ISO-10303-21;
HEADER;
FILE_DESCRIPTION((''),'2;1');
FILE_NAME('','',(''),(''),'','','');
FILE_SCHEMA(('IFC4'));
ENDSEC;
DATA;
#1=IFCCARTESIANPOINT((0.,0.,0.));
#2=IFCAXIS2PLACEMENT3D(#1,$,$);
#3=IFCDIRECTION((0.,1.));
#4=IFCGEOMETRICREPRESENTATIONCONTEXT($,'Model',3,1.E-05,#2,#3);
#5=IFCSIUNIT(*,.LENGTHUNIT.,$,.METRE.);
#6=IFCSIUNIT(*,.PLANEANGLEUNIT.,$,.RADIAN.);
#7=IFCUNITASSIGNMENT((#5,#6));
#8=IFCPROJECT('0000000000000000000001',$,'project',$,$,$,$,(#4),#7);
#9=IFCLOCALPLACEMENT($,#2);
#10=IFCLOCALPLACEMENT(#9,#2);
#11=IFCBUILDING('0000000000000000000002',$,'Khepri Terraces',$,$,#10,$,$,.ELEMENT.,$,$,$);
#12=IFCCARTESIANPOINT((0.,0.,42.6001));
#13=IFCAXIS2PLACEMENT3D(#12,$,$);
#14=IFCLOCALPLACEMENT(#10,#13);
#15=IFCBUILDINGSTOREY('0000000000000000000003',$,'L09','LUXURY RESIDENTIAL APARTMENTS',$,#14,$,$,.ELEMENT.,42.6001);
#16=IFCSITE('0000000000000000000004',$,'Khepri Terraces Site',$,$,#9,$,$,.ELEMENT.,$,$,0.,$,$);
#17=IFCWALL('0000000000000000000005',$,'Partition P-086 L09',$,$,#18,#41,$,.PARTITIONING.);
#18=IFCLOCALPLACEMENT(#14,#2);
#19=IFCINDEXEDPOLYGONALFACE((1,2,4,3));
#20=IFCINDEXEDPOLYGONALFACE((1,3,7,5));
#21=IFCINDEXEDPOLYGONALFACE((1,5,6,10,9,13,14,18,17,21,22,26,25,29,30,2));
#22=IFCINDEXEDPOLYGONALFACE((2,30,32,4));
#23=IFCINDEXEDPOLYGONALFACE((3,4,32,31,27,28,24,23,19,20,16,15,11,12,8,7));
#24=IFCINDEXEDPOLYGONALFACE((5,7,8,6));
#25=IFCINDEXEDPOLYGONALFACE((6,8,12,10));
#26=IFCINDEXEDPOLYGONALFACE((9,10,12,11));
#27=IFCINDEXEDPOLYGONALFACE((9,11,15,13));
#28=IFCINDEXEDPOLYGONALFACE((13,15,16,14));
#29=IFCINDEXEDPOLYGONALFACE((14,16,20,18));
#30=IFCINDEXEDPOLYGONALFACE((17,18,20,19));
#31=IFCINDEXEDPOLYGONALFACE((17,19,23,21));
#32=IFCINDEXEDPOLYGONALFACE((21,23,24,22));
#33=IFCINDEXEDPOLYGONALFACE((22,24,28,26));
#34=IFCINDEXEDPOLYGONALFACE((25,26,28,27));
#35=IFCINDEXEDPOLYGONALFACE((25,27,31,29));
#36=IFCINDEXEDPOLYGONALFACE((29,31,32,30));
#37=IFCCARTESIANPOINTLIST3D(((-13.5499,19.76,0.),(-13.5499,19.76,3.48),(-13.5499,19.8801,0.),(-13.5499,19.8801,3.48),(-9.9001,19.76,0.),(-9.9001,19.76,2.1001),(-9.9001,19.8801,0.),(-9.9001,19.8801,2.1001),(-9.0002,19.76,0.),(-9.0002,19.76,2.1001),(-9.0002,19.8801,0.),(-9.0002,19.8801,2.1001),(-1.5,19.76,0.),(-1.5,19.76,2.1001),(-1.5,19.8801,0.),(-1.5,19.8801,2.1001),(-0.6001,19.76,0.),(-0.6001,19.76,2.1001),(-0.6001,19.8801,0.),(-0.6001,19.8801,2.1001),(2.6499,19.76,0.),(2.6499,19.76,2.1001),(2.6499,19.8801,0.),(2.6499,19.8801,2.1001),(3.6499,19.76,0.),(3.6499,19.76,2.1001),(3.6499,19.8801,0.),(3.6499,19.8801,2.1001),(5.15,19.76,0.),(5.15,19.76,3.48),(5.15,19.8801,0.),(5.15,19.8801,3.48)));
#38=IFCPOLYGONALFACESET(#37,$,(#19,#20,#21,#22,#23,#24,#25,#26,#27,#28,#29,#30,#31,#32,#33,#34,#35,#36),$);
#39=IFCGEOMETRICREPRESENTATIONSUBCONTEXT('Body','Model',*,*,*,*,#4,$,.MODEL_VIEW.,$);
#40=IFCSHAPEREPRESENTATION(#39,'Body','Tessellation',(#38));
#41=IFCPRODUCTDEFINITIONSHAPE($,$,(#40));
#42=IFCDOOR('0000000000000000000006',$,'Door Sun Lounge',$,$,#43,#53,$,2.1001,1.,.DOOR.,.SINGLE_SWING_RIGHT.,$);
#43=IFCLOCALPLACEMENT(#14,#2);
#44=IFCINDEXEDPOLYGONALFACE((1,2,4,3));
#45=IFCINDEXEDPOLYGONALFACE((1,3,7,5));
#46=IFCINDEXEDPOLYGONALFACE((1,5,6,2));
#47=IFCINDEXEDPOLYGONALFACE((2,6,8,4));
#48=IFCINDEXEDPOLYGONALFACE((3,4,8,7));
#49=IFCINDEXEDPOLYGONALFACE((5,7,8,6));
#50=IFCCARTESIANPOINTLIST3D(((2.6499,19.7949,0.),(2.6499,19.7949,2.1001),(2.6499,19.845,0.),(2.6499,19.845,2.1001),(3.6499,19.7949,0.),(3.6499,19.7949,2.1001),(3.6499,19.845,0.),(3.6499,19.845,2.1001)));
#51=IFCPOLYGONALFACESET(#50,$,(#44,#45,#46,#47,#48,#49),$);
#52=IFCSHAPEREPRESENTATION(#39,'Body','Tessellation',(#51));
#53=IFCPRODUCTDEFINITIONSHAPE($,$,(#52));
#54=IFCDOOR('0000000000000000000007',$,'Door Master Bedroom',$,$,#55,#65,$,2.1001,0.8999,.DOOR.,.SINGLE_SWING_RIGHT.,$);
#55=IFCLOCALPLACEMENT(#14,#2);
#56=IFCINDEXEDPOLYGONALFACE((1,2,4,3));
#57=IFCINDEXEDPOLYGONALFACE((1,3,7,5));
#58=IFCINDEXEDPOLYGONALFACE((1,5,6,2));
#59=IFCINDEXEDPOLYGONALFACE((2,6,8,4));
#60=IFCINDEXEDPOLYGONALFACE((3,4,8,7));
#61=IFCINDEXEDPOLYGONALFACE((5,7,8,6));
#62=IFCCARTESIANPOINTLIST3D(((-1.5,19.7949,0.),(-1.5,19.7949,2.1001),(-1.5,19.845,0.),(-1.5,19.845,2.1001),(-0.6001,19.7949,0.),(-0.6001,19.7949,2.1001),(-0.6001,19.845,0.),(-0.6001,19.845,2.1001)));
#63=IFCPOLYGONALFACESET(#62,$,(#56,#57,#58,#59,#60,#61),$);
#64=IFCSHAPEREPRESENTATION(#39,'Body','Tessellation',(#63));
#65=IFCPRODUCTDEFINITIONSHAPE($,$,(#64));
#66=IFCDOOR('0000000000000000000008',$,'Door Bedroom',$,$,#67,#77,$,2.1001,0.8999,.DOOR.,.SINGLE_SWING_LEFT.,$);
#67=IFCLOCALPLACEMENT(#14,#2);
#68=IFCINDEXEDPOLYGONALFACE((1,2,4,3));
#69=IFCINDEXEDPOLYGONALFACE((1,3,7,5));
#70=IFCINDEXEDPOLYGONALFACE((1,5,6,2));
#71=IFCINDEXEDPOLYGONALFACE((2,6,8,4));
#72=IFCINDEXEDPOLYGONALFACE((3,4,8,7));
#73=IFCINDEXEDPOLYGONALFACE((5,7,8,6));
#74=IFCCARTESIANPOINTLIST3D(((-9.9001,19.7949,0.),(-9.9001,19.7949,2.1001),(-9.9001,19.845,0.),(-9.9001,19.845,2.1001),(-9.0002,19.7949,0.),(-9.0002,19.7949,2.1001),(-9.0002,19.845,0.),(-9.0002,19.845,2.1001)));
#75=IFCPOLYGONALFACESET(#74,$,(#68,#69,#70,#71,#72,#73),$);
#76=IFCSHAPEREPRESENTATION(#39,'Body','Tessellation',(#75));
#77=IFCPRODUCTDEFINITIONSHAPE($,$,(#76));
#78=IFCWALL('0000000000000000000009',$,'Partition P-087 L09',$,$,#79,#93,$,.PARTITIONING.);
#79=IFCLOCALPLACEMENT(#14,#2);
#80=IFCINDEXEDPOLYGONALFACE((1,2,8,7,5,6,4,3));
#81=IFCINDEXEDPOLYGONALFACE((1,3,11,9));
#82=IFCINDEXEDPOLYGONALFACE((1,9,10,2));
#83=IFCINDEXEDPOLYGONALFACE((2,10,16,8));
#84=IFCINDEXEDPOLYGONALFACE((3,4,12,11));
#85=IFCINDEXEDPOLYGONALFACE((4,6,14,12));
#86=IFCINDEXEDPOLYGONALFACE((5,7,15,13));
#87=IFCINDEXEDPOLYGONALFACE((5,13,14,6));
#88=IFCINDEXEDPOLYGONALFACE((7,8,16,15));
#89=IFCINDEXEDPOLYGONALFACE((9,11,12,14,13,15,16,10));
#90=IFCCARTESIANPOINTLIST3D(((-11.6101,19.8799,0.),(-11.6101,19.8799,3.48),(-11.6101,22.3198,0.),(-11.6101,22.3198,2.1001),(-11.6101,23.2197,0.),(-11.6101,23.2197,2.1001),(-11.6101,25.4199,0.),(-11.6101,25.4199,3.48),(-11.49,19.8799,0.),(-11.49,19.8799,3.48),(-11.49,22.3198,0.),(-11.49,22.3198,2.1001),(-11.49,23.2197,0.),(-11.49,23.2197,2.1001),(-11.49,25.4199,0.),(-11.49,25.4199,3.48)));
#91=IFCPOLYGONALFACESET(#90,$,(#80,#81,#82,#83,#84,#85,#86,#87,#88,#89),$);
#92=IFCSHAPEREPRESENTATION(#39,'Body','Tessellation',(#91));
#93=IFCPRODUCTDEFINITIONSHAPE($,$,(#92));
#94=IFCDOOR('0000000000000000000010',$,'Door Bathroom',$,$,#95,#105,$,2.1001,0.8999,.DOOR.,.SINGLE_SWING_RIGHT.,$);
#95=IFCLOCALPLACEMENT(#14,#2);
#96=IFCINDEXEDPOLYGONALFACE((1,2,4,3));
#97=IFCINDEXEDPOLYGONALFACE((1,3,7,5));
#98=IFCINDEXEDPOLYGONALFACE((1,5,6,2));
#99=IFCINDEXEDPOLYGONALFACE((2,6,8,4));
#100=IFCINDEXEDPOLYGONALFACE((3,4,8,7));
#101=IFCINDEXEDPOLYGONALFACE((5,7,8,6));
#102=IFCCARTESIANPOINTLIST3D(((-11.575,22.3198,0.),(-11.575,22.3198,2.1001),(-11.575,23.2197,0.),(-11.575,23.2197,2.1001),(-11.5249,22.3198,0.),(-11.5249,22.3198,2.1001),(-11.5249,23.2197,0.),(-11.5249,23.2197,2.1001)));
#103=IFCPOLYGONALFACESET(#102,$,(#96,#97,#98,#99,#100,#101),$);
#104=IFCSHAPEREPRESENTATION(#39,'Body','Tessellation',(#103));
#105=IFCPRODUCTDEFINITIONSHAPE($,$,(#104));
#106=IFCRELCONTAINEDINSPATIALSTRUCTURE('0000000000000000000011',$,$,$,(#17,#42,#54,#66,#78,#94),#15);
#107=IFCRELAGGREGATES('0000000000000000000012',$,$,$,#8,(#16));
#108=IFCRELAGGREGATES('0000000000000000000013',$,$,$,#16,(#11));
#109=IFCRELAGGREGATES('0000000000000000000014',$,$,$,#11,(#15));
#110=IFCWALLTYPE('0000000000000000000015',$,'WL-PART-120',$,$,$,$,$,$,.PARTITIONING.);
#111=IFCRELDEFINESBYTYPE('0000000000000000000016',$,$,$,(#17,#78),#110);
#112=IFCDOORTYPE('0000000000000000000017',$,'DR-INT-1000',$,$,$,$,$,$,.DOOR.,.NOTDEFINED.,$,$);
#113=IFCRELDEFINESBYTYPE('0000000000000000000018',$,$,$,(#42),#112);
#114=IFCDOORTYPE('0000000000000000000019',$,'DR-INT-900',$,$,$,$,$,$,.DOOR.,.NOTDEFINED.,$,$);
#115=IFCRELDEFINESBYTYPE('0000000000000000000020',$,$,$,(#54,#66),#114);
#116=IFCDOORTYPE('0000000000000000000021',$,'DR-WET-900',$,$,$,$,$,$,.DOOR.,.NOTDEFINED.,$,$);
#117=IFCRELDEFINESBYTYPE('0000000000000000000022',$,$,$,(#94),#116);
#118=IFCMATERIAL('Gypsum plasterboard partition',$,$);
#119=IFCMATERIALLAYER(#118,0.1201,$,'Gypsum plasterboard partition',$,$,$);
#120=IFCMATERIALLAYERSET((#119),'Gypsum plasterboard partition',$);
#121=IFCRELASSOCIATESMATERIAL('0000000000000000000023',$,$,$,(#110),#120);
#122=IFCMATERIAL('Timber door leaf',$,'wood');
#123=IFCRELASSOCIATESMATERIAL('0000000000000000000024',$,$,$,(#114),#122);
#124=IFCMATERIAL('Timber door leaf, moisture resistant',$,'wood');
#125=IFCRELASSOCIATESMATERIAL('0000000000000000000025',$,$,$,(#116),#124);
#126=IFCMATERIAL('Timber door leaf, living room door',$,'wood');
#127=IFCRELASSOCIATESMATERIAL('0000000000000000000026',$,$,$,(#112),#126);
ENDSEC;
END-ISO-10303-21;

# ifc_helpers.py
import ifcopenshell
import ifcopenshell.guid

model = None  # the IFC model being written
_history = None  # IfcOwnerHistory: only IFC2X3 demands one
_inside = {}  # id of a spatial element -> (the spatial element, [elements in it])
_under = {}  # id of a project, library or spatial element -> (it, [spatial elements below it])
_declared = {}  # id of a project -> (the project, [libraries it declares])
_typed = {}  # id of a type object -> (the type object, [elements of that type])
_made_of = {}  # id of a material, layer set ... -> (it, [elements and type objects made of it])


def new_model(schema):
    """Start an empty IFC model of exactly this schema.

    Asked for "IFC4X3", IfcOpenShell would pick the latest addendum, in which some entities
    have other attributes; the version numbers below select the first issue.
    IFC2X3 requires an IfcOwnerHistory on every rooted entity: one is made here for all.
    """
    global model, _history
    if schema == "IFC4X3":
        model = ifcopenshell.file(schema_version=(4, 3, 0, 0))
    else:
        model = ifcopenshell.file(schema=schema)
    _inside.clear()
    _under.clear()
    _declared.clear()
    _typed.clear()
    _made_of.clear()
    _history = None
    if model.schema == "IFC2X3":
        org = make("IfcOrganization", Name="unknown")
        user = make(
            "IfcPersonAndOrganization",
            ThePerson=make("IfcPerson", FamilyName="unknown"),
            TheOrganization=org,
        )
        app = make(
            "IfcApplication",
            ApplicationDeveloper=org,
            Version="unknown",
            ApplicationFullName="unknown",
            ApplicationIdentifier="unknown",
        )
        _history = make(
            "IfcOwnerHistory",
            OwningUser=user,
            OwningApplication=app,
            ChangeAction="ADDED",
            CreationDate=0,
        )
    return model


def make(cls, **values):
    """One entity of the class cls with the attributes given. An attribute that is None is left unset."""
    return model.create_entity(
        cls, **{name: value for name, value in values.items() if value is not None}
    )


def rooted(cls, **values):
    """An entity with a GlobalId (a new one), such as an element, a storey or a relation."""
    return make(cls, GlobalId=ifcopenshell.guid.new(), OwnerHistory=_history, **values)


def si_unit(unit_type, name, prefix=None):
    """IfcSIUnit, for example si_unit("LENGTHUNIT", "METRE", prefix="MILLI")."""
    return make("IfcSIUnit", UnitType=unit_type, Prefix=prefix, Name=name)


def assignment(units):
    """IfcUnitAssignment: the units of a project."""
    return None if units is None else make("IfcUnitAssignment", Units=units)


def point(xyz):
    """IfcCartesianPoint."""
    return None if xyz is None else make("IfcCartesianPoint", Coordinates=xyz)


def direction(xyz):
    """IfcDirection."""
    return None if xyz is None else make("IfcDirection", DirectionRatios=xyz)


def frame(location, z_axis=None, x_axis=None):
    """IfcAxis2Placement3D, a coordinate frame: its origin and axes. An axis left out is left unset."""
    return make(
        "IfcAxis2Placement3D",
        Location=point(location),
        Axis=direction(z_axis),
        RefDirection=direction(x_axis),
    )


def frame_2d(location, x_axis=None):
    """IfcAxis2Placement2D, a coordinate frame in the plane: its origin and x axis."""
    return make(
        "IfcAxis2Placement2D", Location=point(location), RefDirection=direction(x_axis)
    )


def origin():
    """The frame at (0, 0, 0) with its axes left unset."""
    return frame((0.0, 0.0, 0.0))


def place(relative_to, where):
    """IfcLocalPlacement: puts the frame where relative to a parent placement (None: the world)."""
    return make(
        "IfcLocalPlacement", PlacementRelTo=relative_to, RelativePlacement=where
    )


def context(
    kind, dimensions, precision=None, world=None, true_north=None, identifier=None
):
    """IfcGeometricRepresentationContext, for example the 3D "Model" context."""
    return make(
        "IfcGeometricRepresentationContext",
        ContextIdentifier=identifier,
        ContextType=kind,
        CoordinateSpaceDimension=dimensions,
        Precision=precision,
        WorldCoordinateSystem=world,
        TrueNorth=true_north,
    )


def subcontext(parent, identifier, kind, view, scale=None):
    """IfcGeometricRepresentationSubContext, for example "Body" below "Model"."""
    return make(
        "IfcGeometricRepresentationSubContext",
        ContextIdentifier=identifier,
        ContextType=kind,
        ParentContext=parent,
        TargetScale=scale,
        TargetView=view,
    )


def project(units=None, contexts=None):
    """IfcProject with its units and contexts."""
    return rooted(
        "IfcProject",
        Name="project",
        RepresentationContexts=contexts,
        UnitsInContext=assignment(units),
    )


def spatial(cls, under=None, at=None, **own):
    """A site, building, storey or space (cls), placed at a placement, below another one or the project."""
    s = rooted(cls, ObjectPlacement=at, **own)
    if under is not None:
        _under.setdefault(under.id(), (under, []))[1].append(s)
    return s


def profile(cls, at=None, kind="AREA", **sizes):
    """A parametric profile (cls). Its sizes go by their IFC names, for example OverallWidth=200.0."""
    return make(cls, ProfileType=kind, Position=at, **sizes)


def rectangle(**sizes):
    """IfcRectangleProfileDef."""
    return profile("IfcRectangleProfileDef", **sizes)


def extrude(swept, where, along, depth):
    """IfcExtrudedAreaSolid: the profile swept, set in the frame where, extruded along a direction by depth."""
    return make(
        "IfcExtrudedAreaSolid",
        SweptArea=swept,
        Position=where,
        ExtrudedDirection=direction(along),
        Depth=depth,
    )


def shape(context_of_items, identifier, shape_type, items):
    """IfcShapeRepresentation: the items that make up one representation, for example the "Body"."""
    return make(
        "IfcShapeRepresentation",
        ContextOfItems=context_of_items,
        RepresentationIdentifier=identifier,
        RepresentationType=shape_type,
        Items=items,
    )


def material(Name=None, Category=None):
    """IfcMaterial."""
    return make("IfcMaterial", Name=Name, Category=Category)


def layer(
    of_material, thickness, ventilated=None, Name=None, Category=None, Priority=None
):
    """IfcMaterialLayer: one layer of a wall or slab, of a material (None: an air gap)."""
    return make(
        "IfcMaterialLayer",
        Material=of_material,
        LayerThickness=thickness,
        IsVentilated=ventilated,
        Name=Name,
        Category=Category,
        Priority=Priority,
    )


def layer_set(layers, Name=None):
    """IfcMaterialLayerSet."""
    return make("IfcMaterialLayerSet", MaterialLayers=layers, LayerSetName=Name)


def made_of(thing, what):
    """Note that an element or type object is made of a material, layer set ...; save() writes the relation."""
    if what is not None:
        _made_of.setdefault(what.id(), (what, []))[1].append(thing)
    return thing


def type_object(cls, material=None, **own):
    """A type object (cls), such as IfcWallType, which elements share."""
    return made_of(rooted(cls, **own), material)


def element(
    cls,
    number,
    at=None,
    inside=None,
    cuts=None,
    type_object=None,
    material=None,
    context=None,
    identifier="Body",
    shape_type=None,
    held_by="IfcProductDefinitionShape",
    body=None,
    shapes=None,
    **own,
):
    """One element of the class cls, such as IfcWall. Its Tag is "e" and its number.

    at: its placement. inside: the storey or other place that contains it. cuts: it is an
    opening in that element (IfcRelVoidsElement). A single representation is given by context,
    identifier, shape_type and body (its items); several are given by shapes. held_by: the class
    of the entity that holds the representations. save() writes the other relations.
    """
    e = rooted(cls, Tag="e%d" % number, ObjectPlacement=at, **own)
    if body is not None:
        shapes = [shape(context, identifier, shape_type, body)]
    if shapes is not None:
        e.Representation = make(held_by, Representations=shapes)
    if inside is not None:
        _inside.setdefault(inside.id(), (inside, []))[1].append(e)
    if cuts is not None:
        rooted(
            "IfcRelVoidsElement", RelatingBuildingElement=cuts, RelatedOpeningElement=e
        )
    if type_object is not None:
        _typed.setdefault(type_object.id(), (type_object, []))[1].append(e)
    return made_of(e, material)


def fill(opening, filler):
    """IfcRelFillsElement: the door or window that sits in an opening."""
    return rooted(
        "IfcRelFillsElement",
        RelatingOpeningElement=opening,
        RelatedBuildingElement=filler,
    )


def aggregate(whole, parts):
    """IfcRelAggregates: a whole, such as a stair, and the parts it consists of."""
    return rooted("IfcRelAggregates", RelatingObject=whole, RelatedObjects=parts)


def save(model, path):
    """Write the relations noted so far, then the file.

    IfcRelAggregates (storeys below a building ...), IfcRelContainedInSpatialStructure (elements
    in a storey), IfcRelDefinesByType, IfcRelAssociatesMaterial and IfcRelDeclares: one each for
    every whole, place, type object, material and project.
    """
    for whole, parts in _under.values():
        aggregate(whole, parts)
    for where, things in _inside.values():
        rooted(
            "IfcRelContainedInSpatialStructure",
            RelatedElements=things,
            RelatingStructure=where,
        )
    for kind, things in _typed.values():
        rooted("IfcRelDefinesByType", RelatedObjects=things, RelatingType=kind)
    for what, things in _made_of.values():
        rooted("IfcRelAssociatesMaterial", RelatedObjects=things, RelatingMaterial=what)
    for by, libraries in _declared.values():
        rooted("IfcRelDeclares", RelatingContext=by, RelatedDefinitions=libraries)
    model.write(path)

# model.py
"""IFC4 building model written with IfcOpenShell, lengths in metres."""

from ifc_helpers import new_model, si_unit, direction, frame, frame_2d, origin, place, context, subcontext, project, spatial, rectangle, extrude, material, layer, layer_set, type_object, element, fill, save


model = new_model("IFC4")

# Units and contexts
model_context = context("Model", 3, precision=1e-05, world=origin(), true_north=direction((0.0, 1.0)))
body_context = subcontext(model_context, "Body", "Model", "MODEL_VIEW")
ifc_project = project(units=[si_unit("LENGTHUNIT", "METRE"), si_unit("PLANEANGLEUNIT", "RADIAN")], contexts=[model_context])

# Site, building, storey
site_placement = place(None, origin())
site = spatial("IfcSite", under=ifc_project, at=site_placement, Name="Khepri Terraces Site", CompositionType="ELEMENT", RefElevation=0.0)
building_placement = place(site_placement, origin())
building = spatial("IfcBuilding", under=site, at=building_placement, Name="Khepri Terraces", CompositionType="ELEMENT")
storey_placement = place(building_placement, frame((0.0, 0.0, 42.6001)))
storey = spatial("IfcBuildingStorey", under=building, at=storey_placement, Name="L09", Description="LUXURY RESIDENTIAL APARTMENTS", CompositionType="ELEMENT", Elevation=42.6001)

# Shared definitions
ifc_material_1 = material(Name="Gypsum plasterboard partition")
ifc_layer_1 = layer(ifc_material_1, 0.1201, Name="Gypsum plasterboard partition")
ifc_layer_set_1 = layer_set([ifc_layer_1], Name="Gypsum plasterboard partition")
wall_type_1 = type_object("IfcWallType", Name="WL-PART-120", PredefinedType="PARTITIONING", material=ifc_layer_set_1)
ifc_material_2 = material(Name="Timber door leaf", Category="wood")
door_type_1 = type_object("IfcDoorType", Name="DR-INT-900", OperationType="NOTDEFINED", PredefinedType="DOOR", material=ifc_material_2)

# Wall, openings, doors
ifc_material_3 = material(Name="Timber door leaf, moisture resistant", Category="wood")
door_type_2 = type_object("IfcDoorType", Name="DR-WET-900", OperationType="NOTDEFINED", PredefinedType="DOOR", material=ifc_material_3)
wall_1_placement = place(storey_placement, frame((-13.55, 19.8201, 0.0), z_axis=(0.0, 0.0, 1.0), x_axis=(1.0, 0.0, 0.0)))
wall_1 = element("IfcWall", 1, at=wall_1_placement, inside=storey, type_object=wall_type_1, Name="Partition P-086 L09", PredefinedType="PARTITIONING", context=body_context, shape_type="SweptSolid", body=[
    extrude(rectangle(XDim=18.7, YDim=0.1201, at=frame_2d((9.3501, 0.0))), origin(), (0.0, 0.0, 1.0), 3.48),
])
opening_1_placement = place(wall_1_placement, frame((16.2, 0.0, 0.0)))
opening_1 = element("IfcOpeningElement", 2, at=opening_1_placement, cuts=wall_1, PredefinedType="OPENING", context=body_context, shape_type="SweptSolid", body=[
    extrude(rectangle(XDim=1.0, YDim=2.1001, at=frame_2d((0.5, 1.05))), frame((0.0, 0.0701, 0.0), z_axis=(0.0, -1.0, 0.0), x_axis=(1.0, 0.0, 0.0)), (0.0, 0.0, 1.0), 0.1401),
])
opening_2_placement = place(wall_1_placement, frame((12.05, 0.0, 0.0)))
opening_2 = element("IfcOpeningElement", 3, at=opening_2_placement, cuts=wall_1, PredefinedType="OPENING", context=body_context, shape_type="SweptSolid", body=[
    extrude(rectangle(XDim=0.8999, YDim=2.1001, at=frame_2d((0.45, 1.05))), frame((0.0, 0.0701, 0.0), z_axis=(0.0, -1.0, 0.0), x_axis=(1.0, 0.0, 0.0)), (0.0, 0.0, 1.0), 0.1401),
])
opening_3_placement = place(wall_1_placement, frame((3.6499, 0.0, 0.0)))
opening_3 = element("IfcOpeningElement", 4, at=opening_3_placement, cuts=wall_1, PredefinedType="OPENING", context=body_context, shape_type="SweptSolid", body=[
    extrude(rectangle(XDim=0.8999, YDim=2.1001, at=frame_2d((0.45, 1.05))), frame((0.0, 0.0701, 0.0), z_axis=(0.0, -1.0, 0.0), x_axis=(1.0, 0.0, 0.0)), (0.0, 0.0, 1.0), 0.1401),
])
ifc_material_4 = material(Name="Timber door leaf, living room door", Category="wood")
door_type_3 = type_object("IfcDoorType", Name="DR-INT-1000", OperationType="NOTDEFINED", PredefinedType="DOOR", material=ifc_material_4)
door_1_placement = place(opening_1_placement, origin())
door_1 = element("IfcDoor", 5, at=door_1_placement, inside=storey, type_object=door_type_3, Name="Door Sun Lounge", OperationType="SINGLE_SWING_RIGHT", OverallHeight=2.1001, OverallWidth=1.0, PredefinedType="DOOR", context=body_context, shape_type="SweptSolid", body=[
    extrude(rectangle(XDim=1.0, YDim=2.1001, at=frame_2d((0.5, 1.05))), frame((0.0, 0.0249, 0.0), z_axis=(0.0, -1.0, 0.0), x_axis=(1.0, 0.0, 0.0)), (0.0, 0.0, 1.0), 0.05),
])
fill(opening_1, door_1)
door_2_placement = place(opening_2_placement, origin())
door_2 = element("IfcDoor", 6, at=door_2_placement, inside=storey, type_object=door_type_1, Name="Door Master Bedroom", OperationType="SINGLE_SWING_RIGHT", OverallHeight=2.1001, OverallWidth=0.8999, PredefinedType="DOOR", context=body_context, shape_type="SweptSolid", body=[
    extrude(rectangle(XDim=0.8999, YDim=2.1001, at=frame_2d((0.45, 1.05))), frame((0.0, 0.0249, 0.0), z_axis=(0.0, -1.0, 0.0), x_axis=(1.0, 0.0, 0.0)), (0.0, 0.0, 1.0), 0.05),
])
fill(opening_2, door_2)
door_3_placement = place(opening_3_placement, origin())
door_3 = element("IfcDoor", 7, at=door_3_placement, inside=storey, type_object=door_type_1, Name="Door Bedroom", OperationType="SINGLE_SWING_LEFT", OverallHeight=2.1001, OverallWidth=0.8999, PredefinedType="DOOR", context=body_context, shape_type="SweptSolid", body=[
    extrude(rectangle(XDim=0.8999, YDim=2.1001, at=frame_2d((0.45, 1.05))), frame((0.0, 0.0249, 0.0), z_axis=(0.0, -1.0, 0.0), x_axis=(1.0, 0.0, 0.0)), (0.0, 0.0, 1.0), 0.05),
])
fill(opening_3, door_3)

# Wall, opening, door
wall_2_placement = place(storey_placement, frame((-11.55, 19.8799, 0.0), z_axis=(0.0, 0.0, 1.0), x_axis=(0.0, 1.0, 0.0)))
wall_2 = element("IfcWall", 8, at=wall_2_placement, inside=storey, type_object=wall_type_1, Name="Partition P-087 L09", PredefinedType="PARTITIONING", context=body_context, shape_type="SweptSolid", body=[
    extrude(rectangle(XDim=5.54, YDim=0.1201, at=frame_2d((2.77, 0.0))), origin(), (0.0, 0.0, 1.0), 3.48),
])
opening_4_placement = place(wall_2_placement, frame((2.4399, 0.0, 0.0)))
opening_4 = element("IfcOpeningElement", 9, at=opening_4_placement, cuts=wall_2, PredefinedType="OPENING", context=body_context, shape_type="SweptSolid", body=[
    extrude(rectangle(XDim=0.8999, YDim=2.1001, at=frame_2d((0.45, 1.05))), frame((0.0, 0.0701, 0.0), z_axis=(0.0, -1.0, 0.0), x_axis=(1.0, 0.0, 0.0)), (0.0, 0.0, 1.0), 0.1401),
])
door_4_placement = place(opening_4_placement, origin())
door_4 = element("IfcDoor", 10, at=door_4_placement, inside=storey, type_object=door_type_2, Name="Door Bathroom", OperationType="SINGLE_SWING_RIGHT", OverallHeight=2.1001, OverallWidth=0.8999, PredefinedType="DOOR", context=body_context, shape_type="SweptSolid", body=[
    extrude(rectangle(XDim=0.8999, YDim=2.1001, at=frame_2d((0.45, 1.05))), frame((0.0, 0.0249, 0.0), z_axis=(0.0, -1.0, 0.0), x_axis=(1.0, 0.0, 0.0)), (0.0, 0.0, 1.0), 0.05),
])
fill(opening_4, door_4)

save(model, "model.ifc")
